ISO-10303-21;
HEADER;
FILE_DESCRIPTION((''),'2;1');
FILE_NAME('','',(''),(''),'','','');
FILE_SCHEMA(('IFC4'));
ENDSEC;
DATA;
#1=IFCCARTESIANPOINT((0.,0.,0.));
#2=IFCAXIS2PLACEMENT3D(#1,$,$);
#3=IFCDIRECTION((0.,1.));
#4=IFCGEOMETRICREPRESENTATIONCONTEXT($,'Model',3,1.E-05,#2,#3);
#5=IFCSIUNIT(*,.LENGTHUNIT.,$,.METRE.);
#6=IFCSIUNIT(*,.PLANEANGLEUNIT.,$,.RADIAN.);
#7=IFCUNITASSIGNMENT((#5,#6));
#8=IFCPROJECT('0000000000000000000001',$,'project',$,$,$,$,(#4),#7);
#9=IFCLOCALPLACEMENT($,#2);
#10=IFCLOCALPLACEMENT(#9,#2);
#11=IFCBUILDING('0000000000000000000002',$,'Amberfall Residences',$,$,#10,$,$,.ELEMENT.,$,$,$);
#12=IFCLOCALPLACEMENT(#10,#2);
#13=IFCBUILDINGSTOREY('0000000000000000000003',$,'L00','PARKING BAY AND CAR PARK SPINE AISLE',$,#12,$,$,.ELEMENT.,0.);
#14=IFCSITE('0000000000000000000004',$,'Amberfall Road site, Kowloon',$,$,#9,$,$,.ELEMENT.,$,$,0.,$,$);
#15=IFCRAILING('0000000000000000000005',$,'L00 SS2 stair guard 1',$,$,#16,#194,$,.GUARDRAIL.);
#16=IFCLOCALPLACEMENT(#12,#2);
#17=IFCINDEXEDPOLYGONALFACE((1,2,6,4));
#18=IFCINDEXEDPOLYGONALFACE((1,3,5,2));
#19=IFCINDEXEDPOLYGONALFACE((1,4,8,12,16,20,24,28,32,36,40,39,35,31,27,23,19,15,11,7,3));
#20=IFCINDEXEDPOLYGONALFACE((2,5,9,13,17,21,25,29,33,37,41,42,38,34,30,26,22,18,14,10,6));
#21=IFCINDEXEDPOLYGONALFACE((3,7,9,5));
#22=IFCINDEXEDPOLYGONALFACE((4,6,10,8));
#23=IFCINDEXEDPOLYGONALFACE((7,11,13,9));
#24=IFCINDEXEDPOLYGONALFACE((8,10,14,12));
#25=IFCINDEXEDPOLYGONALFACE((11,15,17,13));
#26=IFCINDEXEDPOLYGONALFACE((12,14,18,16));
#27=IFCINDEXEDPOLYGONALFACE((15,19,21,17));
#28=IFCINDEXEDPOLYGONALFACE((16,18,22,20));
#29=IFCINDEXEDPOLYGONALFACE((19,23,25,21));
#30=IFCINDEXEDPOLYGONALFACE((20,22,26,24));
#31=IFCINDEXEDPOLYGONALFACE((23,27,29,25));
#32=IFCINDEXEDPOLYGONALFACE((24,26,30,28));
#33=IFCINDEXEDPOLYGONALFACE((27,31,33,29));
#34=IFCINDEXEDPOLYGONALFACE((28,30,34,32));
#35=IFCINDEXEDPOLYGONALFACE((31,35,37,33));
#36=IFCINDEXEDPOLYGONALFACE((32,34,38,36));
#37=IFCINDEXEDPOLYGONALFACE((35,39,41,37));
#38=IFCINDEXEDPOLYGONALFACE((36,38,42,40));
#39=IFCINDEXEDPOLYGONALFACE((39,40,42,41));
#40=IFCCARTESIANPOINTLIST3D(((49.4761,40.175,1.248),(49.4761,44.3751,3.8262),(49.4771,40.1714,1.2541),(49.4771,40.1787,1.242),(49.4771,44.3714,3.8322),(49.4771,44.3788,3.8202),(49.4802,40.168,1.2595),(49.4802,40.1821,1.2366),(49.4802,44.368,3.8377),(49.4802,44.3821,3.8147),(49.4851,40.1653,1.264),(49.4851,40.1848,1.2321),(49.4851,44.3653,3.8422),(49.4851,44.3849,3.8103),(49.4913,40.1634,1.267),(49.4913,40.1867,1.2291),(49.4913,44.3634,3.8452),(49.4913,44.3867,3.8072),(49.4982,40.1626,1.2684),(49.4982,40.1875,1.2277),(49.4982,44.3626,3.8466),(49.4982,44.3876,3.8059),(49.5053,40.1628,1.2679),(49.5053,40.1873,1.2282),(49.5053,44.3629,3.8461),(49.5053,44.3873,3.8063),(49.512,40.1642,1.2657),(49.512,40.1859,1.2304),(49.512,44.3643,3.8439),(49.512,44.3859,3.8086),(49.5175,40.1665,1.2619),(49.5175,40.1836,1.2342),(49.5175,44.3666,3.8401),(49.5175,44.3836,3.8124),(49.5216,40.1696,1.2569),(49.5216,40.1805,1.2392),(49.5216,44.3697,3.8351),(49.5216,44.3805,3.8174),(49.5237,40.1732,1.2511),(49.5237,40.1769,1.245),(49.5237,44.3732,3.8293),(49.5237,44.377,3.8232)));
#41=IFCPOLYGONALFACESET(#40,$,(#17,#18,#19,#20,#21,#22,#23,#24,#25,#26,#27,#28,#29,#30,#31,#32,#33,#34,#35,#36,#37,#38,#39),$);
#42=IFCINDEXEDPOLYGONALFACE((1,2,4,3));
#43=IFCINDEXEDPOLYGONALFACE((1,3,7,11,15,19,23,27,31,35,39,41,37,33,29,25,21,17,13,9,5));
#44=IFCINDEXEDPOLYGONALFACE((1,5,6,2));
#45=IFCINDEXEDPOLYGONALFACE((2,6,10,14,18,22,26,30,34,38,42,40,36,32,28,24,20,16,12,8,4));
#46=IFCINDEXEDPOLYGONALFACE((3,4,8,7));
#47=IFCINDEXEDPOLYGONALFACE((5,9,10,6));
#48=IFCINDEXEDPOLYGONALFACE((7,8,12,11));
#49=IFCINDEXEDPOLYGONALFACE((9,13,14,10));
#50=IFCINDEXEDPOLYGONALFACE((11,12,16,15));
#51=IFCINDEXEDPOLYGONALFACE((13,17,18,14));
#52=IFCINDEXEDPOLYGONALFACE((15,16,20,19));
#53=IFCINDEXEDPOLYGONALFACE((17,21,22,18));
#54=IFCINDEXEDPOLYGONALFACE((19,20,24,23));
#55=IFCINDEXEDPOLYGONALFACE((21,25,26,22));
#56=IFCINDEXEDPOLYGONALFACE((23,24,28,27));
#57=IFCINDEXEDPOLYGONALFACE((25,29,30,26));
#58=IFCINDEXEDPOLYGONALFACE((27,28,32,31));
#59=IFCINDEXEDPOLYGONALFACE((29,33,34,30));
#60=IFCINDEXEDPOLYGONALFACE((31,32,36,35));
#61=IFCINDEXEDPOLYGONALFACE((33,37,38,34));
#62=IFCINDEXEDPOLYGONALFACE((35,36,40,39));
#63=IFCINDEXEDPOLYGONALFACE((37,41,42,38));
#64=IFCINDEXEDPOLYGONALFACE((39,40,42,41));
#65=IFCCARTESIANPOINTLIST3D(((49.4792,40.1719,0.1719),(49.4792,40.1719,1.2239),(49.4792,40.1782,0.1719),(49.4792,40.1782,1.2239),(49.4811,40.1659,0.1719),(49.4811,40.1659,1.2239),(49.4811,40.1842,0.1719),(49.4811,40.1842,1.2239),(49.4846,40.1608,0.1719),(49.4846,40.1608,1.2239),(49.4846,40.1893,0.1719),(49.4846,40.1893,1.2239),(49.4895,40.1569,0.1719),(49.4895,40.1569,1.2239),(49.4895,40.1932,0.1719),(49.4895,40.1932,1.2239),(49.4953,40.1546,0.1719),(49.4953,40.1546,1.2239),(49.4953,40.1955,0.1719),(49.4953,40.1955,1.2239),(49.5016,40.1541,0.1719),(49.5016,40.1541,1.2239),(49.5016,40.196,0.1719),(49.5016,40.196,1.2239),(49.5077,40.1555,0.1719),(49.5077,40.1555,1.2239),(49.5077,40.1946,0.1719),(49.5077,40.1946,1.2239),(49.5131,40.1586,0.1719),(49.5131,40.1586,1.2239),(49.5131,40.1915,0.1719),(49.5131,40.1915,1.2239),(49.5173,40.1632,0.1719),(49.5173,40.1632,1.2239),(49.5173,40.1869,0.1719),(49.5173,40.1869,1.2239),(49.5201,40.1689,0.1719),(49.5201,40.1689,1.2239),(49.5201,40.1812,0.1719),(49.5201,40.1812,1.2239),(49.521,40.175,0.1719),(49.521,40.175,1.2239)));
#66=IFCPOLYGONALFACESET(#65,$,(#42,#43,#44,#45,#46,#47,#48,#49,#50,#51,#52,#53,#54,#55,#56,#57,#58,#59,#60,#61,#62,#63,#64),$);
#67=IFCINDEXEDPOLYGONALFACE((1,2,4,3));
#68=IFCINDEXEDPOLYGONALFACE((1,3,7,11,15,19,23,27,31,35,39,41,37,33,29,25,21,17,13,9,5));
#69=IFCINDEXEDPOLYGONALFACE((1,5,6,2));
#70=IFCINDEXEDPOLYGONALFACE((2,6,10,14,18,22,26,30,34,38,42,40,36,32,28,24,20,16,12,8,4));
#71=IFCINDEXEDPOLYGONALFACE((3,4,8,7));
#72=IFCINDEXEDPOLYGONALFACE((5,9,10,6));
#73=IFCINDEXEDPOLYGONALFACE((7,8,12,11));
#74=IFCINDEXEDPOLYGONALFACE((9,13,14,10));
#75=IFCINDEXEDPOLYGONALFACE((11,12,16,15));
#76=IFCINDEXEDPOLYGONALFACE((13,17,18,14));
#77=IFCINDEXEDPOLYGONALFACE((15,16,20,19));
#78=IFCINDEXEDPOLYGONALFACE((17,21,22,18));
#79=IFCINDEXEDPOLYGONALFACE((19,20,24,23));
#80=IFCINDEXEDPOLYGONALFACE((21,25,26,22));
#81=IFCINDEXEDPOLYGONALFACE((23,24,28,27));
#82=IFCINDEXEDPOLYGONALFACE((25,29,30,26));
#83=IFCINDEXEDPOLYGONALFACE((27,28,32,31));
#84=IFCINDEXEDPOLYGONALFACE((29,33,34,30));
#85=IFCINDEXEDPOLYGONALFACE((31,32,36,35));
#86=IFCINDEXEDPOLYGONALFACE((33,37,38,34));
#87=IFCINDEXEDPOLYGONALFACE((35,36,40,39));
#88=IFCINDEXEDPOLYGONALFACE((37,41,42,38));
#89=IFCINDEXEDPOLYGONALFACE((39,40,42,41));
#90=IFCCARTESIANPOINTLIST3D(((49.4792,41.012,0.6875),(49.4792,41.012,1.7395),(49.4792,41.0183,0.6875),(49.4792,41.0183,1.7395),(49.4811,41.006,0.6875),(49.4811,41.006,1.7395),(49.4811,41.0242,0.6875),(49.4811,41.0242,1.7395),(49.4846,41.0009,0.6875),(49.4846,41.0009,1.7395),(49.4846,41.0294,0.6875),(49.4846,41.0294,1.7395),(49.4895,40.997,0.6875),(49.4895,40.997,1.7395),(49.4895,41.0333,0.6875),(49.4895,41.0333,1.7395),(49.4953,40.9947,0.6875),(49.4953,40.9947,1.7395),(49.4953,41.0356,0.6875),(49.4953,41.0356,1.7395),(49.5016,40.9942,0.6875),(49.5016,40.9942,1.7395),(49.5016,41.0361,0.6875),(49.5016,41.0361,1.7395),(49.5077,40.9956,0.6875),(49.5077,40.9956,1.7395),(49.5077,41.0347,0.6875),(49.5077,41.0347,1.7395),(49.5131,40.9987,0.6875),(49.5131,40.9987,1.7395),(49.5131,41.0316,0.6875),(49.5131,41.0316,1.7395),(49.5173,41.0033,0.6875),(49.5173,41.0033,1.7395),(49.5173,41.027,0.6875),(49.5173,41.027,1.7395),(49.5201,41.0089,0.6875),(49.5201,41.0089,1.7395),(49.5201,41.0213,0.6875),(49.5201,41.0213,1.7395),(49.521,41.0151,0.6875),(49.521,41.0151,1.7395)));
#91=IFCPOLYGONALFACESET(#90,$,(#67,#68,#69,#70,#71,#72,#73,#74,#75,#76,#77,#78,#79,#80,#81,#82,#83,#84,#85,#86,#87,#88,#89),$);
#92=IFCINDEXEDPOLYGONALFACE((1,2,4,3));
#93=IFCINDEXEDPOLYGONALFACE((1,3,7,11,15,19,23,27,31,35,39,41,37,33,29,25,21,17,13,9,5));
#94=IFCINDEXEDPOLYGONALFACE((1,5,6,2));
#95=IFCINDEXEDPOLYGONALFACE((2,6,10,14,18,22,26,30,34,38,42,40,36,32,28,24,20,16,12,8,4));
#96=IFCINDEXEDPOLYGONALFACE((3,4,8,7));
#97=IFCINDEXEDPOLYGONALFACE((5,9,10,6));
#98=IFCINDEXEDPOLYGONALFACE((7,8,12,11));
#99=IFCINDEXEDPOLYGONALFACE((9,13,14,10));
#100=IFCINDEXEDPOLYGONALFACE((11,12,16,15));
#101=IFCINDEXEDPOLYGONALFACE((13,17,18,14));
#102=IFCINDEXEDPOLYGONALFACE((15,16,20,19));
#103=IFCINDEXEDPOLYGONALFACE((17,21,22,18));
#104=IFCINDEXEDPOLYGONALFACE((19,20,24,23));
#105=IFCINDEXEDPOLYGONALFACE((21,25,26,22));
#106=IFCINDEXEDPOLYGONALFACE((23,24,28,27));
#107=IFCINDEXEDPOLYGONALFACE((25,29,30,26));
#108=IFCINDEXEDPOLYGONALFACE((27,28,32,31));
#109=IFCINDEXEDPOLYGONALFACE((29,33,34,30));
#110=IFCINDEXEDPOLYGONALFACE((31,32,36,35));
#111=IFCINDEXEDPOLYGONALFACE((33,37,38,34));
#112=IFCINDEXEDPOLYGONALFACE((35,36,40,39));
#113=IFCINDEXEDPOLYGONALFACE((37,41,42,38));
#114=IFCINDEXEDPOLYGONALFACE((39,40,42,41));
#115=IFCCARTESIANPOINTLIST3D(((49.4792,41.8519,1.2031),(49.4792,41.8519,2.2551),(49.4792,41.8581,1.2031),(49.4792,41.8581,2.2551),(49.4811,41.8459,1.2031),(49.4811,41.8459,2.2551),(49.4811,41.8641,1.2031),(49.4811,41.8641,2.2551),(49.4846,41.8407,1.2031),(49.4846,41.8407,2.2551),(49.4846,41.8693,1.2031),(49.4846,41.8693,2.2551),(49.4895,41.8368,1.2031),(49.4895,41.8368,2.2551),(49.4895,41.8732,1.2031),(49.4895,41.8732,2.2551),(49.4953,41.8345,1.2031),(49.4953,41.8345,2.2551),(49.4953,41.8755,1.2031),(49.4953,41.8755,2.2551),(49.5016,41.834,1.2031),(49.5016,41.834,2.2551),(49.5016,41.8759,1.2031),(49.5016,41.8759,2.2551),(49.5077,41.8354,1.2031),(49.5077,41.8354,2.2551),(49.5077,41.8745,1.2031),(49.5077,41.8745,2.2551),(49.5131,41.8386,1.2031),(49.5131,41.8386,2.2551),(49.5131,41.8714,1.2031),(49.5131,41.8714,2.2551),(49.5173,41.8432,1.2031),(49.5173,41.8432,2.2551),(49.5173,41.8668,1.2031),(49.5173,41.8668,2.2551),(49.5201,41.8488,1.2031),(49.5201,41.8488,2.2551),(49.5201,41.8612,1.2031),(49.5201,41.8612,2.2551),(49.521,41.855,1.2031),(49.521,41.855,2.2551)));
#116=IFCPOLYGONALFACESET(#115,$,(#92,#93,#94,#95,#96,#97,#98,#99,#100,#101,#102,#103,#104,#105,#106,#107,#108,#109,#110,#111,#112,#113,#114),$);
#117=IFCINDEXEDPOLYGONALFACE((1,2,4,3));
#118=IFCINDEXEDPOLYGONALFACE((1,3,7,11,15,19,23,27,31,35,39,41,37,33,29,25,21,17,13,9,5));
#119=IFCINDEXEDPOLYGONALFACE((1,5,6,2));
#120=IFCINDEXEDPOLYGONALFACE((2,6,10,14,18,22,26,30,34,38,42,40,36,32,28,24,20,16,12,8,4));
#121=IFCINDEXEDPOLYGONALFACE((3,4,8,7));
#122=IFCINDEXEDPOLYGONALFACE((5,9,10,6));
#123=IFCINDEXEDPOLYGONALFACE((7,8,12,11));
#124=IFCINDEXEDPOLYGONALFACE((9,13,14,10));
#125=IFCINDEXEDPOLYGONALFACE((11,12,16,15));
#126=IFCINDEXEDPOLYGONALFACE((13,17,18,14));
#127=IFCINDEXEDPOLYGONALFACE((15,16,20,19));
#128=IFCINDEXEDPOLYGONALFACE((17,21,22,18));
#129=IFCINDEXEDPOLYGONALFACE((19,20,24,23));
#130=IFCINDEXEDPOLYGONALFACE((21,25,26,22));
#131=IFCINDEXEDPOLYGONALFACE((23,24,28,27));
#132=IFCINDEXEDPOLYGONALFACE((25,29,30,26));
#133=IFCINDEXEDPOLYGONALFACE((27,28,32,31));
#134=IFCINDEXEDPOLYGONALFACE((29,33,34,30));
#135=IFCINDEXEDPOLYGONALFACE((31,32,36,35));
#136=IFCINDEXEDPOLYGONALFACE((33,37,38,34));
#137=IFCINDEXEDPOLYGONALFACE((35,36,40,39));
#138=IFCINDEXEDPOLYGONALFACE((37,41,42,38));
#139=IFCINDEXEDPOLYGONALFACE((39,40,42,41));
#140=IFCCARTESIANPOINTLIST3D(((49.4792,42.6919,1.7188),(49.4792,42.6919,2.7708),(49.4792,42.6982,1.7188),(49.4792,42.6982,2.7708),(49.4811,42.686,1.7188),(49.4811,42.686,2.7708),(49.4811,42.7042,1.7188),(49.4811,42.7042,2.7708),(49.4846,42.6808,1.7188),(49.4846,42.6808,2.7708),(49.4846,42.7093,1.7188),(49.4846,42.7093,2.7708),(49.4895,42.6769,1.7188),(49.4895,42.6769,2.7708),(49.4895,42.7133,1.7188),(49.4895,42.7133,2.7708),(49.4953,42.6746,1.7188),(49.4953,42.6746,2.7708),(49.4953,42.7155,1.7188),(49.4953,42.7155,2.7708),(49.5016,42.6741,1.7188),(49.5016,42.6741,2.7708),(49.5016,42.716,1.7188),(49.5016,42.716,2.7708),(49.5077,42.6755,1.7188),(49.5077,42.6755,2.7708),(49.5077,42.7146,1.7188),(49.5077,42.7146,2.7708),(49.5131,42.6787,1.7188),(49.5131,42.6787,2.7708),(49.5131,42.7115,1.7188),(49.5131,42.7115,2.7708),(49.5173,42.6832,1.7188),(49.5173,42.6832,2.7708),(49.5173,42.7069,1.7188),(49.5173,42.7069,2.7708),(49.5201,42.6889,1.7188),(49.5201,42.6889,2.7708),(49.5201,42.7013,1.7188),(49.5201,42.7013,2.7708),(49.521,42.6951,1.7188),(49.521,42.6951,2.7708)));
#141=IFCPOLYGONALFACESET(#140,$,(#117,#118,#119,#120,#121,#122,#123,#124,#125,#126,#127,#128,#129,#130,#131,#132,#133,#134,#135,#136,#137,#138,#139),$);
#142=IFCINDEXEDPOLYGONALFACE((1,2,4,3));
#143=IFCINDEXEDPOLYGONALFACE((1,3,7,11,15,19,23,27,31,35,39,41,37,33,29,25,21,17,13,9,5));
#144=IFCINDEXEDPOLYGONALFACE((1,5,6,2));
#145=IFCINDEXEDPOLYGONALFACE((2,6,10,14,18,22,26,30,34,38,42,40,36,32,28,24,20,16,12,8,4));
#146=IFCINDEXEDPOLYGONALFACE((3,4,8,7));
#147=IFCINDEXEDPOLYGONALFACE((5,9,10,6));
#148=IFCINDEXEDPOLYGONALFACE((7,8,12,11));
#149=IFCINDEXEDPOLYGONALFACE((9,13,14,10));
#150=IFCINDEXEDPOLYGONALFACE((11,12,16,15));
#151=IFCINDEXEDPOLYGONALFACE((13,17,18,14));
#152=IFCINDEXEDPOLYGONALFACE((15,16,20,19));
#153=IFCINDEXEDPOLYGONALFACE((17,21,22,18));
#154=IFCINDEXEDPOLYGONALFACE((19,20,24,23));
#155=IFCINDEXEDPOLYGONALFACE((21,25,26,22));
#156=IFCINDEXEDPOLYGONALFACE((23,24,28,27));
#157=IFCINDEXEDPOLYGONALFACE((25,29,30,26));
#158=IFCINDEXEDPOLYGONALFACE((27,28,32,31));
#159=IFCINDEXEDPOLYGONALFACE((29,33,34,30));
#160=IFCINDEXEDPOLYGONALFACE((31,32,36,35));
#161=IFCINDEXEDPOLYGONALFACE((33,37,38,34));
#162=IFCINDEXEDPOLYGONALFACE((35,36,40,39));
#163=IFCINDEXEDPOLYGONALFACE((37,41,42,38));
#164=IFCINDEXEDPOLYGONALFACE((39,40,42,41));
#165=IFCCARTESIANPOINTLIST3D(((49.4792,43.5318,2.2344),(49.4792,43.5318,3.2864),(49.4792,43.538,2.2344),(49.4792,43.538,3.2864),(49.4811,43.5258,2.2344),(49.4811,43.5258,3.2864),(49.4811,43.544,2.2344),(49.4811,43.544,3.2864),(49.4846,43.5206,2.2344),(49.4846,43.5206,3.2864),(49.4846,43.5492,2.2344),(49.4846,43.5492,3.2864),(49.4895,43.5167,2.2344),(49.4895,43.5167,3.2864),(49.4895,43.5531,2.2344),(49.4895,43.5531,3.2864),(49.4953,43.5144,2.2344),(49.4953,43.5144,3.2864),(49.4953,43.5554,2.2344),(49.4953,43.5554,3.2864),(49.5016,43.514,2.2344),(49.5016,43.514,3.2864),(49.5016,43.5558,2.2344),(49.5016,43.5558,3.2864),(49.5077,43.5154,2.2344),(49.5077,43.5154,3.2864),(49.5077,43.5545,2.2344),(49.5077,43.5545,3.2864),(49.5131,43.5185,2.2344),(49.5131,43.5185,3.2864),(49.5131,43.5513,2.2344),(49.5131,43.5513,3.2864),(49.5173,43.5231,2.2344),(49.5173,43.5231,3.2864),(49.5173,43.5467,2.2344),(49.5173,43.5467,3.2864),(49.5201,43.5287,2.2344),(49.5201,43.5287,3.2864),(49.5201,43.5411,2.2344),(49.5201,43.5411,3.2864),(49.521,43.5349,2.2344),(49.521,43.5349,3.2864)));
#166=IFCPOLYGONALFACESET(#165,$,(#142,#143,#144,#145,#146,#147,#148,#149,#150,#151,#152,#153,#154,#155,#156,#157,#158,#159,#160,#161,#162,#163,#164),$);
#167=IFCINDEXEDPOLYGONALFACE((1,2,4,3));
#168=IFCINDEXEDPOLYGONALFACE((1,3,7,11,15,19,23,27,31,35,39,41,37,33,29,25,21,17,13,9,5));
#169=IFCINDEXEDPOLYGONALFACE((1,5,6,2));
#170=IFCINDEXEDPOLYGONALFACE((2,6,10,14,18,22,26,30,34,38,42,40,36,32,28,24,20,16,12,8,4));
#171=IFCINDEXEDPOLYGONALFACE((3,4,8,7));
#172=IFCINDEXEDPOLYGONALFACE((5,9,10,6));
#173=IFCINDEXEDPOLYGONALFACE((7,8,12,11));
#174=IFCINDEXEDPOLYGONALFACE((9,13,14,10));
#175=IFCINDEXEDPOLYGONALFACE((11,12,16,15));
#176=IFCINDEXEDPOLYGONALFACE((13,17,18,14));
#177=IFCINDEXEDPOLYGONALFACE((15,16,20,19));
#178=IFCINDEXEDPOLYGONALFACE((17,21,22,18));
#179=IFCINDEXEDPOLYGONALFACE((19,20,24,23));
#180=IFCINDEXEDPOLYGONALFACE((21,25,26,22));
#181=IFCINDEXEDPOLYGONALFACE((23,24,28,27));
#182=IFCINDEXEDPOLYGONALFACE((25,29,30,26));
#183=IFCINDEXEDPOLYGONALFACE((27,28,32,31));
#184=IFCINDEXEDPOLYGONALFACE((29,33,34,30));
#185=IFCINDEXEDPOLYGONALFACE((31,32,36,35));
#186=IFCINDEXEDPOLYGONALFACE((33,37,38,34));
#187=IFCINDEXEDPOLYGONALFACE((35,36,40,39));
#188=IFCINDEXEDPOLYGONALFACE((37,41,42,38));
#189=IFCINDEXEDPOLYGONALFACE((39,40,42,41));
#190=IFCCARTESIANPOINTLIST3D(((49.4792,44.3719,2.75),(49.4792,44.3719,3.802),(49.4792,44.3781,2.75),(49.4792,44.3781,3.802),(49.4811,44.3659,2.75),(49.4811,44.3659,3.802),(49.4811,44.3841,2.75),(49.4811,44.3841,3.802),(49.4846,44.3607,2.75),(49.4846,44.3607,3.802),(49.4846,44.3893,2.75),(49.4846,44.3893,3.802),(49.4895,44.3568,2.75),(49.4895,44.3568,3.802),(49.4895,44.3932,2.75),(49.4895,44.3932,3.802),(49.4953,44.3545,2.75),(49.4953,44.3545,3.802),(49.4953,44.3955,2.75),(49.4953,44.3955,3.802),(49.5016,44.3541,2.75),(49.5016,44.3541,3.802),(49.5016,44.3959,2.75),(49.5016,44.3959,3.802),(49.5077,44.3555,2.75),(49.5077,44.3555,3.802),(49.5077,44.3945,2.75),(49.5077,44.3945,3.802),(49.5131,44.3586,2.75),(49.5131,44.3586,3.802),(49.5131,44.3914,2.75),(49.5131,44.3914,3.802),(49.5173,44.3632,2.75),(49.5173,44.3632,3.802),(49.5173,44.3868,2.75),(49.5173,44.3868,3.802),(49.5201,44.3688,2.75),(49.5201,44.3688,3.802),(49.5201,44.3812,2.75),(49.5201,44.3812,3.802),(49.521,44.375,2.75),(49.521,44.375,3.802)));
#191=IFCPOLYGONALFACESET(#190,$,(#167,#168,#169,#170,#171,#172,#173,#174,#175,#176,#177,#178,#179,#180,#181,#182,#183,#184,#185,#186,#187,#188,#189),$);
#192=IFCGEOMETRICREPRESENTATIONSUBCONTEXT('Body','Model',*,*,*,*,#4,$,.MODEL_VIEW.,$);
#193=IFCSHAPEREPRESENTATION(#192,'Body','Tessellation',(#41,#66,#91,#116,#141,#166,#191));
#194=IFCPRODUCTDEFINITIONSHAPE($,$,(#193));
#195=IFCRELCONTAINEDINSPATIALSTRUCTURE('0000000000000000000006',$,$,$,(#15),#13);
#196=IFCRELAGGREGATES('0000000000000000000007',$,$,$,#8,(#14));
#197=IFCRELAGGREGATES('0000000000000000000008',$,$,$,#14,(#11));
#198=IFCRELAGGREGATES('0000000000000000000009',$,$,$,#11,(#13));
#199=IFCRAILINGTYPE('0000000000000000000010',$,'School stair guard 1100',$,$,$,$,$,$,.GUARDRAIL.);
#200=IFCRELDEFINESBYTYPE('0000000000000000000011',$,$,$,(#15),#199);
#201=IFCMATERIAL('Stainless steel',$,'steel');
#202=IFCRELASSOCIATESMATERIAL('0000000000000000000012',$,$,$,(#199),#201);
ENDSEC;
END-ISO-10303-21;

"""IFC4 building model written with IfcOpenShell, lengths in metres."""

from ifc_helpers import new_model, si_unit, direction, frame, origin, origin_2d, place, context, subcontext, project, spatial, circle, extrude, material, type_object, element, save


model = new_model("IFC4")

# Units and contexts
model_context = context("Model", 3, precision=1e-05, world=origin(), true_north=direction((0.0, 1.0)))
body_context = subcontext(model_context, "Body", "Model", "MODEL_VIEW")
ifc_project = project(units=[si_unit("LENGTHUNIT", "METRE"), si_unit("PLANEANGLEUNIT", "RADIAN")], contexts=[model_context])

# Site, building, storey
site_placement = place(None, origin())
site = spatial("IfcSite", under=ifc_project, at=site_placement, Name="Amberfall Road site, Kowloon", CompositionType="ELEMENT", RefElevation=0.0)
building_placement = place(site_placement, origin())
building = spatial("IfcBuilding", under=site, at=building_placement, Name="Amberfall Residences", CompositionType="ELEMENT")
storey_placement = place(building_placement, origin())
storey = spatial("IfcBuildingStorey", under=building, at=storey_placement, Name="L00", Description="PARKING BAY AND CAR PARK SPINE AISLE", CompositionType="ELEMENT", Elevation=0.0)

# Railing
ifc_material_1 = material(Name="Stainless steel", Category="steel")
railing_type_1 = type_object("IfcRailingType", Name="School stair guard 1100", PredefinedType="GUARDRAIL", material=ifc_material_1)
railing_1_placement = place(storey_placement, frame((49.5, 40.175, 0.1719)))
element("IfcRailing", 1, at=railing_1_placement, inside=storey, type_object=railing_type_1, Name="L00 SS2 stair guard 1", PredefinedType="GUARDRAIL", context=body_context, shape_type="SweptSolid", body=[
    extrude(circle(Radius=0.0239, at=origin_2d()), frame((0.0, 0.0, 1.0762), z_axis=(0.0, 0.852243, 0.523146), x_axis=(-1.0, 0.0, 0.0)), (0.0, 0.0, 1.0), 4.9282),
    extrude(circle(Radius=0.021, at=origin_2d()), origin(), (0.0, 0.0, 1.0), 1.052),
    extrude(circle(Radius=0.021, at=origin_2d()), frame((0.0, 0.8401, 0.5156)), (0.0, 0.0, 1.0), 1.052),
    extrude(circle(Radius=0.021, at=origin_2d()), frame((0.0, 1.6799, 1.0312)), (0.0, 0.0, 1.0), 1.052),
    extrude(circle(Radius=0.021, at=origin_2d()), frame((0.0, 2.52, 1.5469)), (0.0, 0.0, 1.0), 1.052),
    extrude(circle(Radius=0.021, at=origin_2d()), frame((0.0, 3.3599, 2.0625)), (0.0, 0.0, 1.0), 1.052),
    extrude(circle(Radius=0.021, at=origin_2d()), frame((0.0, 4.2, 2.5781)), (0.0, 0.0, 1.0), 1.052),
])

save(model, "model.ifc")
